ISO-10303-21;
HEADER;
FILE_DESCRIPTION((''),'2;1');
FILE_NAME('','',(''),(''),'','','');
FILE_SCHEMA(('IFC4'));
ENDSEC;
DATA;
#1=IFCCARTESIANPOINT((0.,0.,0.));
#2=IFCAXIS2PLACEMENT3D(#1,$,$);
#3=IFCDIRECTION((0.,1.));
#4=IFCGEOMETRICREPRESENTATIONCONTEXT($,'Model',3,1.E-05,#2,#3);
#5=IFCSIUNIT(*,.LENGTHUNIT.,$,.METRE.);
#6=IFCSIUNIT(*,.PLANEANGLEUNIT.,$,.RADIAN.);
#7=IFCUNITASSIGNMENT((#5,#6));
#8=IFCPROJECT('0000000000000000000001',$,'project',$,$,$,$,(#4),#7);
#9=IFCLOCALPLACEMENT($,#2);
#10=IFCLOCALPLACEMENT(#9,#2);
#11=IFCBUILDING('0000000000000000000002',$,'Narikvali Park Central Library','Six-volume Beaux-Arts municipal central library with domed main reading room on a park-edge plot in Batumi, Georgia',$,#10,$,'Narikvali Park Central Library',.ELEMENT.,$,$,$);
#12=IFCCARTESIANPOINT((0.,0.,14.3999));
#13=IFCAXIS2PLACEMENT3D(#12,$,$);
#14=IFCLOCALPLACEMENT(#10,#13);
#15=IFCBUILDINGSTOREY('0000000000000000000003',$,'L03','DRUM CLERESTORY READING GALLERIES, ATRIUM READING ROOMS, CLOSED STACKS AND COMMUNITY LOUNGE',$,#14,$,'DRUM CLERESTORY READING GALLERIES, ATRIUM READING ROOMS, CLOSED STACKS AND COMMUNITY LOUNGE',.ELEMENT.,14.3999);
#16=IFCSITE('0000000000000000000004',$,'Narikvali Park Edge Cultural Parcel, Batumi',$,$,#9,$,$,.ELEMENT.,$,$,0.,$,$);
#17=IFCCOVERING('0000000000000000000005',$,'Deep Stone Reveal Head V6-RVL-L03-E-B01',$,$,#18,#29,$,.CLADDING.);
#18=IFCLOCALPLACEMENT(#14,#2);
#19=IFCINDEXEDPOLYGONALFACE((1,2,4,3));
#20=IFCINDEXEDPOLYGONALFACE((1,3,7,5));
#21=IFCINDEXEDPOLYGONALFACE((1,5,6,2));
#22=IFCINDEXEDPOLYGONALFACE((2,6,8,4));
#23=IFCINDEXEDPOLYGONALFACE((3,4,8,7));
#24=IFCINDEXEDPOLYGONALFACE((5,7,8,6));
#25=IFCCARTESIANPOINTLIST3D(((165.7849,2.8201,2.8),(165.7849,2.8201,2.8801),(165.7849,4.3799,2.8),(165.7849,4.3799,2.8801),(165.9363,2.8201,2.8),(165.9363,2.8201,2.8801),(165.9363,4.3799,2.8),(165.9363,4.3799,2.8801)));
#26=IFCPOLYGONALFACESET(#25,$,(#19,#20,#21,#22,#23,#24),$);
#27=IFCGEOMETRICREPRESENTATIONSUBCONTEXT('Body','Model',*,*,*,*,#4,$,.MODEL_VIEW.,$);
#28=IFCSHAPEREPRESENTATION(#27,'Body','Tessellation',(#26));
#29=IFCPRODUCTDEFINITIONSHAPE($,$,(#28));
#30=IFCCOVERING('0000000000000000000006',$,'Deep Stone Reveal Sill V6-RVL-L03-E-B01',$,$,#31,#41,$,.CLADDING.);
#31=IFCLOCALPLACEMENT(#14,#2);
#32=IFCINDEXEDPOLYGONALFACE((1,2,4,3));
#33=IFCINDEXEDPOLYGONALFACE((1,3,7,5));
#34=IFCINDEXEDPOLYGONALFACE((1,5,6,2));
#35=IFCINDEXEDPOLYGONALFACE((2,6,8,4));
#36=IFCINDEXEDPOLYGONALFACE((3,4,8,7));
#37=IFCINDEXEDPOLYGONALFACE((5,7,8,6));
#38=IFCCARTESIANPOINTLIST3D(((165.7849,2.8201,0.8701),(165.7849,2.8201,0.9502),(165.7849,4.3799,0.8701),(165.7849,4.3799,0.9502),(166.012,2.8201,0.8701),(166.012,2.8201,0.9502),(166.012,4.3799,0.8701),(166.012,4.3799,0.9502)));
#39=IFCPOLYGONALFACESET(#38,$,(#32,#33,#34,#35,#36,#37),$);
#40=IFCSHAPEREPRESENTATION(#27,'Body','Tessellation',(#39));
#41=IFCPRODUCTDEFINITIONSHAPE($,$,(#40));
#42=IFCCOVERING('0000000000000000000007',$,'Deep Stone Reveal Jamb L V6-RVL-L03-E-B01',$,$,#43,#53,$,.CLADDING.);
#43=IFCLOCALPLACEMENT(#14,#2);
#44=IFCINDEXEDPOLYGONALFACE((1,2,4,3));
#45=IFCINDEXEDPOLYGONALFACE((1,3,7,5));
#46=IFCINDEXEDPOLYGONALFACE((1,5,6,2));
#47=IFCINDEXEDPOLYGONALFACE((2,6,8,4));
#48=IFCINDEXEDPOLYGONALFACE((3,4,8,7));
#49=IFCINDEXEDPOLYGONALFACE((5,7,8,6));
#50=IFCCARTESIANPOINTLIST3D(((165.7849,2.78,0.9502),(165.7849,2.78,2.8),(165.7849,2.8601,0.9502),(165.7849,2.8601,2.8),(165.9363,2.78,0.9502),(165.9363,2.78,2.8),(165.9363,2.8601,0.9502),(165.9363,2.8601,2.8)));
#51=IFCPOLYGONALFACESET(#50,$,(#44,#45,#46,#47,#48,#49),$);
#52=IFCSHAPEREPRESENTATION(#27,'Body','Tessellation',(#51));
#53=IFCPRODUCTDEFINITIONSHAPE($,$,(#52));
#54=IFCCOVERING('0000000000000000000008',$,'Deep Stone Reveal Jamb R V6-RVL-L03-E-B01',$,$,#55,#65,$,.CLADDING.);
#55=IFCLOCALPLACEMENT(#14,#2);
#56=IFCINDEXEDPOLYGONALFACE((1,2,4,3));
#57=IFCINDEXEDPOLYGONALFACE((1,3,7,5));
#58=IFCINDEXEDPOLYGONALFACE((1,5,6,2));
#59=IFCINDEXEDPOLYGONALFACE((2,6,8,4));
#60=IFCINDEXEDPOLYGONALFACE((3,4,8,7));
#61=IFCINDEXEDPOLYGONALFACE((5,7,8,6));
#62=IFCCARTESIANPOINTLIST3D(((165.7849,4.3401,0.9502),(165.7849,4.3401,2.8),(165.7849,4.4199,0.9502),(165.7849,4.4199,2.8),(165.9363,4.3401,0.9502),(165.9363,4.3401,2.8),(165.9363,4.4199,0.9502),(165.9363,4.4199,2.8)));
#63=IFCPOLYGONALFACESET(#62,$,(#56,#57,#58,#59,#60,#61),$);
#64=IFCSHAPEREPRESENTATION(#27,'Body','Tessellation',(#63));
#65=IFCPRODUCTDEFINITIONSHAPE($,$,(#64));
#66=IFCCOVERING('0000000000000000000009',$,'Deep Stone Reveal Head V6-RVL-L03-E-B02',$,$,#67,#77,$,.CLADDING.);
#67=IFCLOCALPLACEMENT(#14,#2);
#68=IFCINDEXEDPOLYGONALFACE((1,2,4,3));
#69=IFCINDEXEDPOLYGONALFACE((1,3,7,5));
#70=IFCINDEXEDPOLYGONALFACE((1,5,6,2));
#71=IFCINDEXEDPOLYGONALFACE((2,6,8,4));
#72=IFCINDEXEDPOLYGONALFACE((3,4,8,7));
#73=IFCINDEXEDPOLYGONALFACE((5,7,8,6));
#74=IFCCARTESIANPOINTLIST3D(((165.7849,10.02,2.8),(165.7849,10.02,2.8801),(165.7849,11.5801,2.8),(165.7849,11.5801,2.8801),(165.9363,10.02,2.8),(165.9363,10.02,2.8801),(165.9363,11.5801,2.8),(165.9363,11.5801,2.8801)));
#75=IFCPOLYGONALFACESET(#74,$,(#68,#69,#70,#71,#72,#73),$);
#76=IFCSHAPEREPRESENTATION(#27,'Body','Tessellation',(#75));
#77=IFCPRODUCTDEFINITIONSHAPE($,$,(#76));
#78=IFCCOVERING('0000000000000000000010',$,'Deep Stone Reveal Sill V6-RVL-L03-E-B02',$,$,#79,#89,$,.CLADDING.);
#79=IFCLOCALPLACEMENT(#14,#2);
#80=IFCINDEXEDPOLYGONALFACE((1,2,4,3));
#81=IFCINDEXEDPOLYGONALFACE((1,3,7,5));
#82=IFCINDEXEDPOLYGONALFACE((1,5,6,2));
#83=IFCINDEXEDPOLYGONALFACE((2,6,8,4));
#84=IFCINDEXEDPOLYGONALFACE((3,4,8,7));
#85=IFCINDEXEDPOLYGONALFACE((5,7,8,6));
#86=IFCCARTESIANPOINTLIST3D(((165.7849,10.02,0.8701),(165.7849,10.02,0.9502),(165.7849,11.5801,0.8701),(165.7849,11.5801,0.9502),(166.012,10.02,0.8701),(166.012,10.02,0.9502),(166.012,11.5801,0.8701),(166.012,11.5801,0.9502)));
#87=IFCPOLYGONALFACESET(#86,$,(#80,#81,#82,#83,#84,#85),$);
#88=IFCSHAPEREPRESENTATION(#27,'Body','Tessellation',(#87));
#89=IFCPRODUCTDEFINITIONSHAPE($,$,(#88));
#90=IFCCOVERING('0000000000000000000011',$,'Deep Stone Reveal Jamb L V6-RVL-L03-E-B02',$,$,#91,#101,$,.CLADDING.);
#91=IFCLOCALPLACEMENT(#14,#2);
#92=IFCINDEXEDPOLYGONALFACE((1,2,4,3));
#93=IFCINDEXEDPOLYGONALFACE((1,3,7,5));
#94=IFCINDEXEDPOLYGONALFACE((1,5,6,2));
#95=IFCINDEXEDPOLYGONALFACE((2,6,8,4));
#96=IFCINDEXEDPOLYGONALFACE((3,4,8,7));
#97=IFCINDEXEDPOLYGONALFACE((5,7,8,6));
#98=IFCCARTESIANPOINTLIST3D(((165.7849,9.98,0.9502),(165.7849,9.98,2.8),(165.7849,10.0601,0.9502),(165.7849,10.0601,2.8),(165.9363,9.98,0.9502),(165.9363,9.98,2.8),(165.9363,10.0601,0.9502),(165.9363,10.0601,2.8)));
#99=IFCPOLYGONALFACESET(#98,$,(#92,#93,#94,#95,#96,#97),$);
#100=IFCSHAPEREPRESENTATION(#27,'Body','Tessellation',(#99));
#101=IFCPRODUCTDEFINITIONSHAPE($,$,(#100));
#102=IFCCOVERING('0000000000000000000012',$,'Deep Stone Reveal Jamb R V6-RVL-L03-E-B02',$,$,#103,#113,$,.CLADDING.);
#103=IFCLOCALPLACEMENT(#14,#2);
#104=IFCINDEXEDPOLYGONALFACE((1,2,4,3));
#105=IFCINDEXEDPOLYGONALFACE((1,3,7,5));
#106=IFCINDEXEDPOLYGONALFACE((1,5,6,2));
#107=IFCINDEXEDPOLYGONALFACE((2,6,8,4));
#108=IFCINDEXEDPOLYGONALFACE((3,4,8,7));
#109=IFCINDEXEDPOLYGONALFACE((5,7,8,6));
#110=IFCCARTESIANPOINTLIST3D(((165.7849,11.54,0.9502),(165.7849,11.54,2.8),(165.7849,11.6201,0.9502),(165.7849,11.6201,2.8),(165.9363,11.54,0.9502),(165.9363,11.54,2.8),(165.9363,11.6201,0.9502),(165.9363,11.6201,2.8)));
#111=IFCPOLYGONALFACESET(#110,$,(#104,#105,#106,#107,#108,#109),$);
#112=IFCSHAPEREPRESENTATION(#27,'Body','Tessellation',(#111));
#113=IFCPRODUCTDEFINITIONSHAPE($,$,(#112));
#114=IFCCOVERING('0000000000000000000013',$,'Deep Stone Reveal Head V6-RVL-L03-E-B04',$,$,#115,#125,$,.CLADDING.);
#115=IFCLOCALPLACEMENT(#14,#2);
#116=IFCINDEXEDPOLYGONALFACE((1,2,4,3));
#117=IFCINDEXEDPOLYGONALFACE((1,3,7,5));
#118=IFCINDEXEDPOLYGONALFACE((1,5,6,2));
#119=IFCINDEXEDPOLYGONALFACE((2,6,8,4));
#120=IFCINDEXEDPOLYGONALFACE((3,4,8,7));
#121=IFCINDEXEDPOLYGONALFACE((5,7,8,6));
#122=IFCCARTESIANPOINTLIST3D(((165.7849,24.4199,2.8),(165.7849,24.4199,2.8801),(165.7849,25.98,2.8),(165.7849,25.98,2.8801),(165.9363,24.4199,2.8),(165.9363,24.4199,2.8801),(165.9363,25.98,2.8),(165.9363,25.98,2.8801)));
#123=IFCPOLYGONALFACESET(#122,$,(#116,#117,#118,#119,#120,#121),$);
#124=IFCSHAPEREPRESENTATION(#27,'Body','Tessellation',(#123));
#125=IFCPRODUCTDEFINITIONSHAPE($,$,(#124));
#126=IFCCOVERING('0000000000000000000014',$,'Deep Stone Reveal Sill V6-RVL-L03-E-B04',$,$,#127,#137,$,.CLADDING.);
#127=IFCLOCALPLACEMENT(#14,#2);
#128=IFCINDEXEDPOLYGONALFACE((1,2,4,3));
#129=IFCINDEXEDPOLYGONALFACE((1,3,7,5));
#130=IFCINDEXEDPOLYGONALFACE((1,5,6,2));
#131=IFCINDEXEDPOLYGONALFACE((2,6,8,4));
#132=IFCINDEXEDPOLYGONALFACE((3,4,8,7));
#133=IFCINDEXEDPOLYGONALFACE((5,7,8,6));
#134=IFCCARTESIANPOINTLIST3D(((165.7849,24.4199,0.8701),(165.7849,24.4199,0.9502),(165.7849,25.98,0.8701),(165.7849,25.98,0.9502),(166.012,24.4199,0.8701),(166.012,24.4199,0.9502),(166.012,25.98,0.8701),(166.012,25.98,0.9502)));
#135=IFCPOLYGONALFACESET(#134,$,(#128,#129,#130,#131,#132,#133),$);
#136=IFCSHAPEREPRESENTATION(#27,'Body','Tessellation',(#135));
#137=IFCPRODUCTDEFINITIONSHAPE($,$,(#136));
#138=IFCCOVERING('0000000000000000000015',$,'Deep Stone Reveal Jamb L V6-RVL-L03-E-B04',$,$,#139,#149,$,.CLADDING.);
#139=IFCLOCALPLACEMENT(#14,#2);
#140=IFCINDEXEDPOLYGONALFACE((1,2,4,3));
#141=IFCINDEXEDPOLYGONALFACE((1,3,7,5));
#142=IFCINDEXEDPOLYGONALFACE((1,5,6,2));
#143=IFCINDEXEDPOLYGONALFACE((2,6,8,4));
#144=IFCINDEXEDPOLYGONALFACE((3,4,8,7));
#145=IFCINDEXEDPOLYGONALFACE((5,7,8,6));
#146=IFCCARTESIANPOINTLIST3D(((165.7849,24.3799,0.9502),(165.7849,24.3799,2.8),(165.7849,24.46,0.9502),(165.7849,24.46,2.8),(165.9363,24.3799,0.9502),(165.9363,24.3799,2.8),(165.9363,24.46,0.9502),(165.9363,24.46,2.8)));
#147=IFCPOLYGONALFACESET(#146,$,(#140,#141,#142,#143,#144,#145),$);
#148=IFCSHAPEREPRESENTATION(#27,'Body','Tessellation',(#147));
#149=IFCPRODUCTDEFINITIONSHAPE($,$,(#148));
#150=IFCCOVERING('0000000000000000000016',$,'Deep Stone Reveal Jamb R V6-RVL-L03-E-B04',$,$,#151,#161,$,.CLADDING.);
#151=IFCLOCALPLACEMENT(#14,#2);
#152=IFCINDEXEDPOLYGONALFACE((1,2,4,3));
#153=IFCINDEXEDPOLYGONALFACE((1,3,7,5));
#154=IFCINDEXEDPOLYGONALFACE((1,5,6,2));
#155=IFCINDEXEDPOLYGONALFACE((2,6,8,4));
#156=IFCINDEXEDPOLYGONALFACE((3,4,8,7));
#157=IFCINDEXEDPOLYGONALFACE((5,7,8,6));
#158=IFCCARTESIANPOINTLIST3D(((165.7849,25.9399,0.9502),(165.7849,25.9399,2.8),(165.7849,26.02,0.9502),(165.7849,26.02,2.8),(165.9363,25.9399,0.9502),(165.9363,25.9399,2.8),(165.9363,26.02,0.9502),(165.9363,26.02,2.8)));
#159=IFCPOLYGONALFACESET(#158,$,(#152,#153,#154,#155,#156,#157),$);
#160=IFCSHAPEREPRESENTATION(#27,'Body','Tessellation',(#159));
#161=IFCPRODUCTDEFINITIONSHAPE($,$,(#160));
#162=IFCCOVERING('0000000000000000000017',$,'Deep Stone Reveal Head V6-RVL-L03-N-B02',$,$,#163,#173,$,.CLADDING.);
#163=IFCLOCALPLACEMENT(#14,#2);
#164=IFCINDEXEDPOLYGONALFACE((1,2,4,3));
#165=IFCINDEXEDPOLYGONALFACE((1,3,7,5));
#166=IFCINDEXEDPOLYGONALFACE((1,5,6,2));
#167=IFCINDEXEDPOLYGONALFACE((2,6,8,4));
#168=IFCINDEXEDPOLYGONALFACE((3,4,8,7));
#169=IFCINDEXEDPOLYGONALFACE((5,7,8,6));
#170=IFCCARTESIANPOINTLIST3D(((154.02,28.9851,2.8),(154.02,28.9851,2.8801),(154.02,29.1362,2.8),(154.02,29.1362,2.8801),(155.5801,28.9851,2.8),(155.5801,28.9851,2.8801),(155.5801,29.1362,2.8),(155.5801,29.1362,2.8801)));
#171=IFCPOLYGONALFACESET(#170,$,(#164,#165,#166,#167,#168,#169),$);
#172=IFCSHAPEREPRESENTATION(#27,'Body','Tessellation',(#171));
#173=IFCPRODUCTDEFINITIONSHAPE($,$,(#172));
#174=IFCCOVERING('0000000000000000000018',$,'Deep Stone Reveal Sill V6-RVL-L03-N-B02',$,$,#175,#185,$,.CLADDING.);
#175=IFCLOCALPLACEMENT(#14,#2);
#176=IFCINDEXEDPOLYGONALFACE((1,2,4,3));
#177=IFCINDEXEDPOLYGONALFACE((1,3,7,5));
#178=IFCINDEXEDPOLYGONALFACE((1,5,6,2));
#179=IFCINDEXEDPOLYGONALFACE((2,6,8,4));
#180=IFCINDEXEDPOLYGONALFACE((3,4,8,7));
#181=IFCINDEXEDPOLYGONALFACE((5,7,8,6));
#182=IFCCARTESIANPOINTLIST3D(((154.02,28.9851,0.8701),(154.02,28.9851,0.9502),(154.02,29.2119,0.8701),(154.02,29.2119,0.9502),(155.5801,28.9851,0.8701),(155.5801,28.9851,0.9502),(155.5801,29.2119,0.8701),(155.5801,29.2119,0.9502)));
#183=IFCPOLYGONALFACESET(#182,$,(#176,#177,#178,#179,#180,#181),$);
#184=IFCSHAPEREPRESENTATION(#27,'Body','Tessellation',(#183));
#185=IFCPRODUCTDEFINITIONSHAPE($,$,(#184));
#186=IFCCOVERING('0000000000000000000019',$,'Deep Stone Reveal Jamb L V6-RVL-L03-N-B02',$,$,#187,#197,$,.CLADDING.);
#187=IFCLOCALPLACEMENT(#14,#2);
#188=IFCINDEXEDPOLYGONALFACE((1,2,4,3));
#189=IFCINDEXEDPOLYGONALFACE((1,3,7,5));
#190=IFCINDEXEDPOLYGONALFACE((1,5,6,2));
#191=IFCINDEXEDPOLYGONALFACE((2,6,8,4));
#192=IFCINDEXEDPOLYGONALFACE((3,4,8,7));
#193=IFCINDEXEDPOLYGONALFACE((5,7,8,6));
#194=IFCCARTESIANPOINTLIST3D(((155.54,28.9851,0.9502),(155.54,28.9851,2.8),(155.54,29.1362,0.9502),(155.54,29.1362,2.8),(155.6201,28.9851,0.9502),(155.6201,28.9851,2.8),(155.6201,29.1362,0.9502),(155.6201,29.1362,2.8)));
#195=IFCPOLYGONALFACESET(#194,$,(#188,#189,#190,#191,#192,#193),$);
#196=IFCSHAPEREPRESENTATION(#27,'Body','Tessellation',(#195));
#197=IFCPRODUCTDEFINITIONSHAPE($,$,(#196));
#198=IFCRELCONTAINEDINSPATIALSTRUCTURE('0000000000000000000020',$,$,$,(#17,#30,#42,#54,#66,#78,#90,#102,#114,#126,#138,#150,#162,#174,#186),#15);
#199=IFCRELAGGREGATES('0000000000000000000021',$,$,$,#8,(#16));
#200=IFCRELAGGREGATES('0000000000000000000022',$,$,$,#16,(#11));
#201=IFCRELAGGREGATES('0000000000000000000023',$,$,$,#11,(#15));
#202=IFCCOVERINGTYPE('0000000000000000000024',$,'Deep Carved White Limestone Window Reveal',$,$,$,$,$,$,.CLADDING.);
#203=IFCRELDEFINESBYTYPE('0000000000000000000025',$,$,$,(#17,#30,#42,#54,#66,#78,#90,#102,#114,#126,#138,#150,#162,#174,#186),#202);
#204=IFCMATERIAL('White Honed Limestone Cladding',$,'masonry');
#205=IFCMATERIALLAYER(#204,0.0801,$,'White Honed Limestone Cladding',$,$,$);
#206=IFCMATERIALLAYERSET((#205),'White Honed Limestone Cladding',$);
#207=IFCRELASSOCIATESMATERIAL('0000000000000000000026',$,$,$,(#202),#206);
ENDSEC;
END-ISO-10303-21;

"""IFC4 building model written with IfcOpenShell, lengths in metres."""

from ifc_helpers import new_model, si_unit, direction, frame, origin, place, context, subcontext, project, spatial, polyline, outline, extrude, material, layer, layer_set, type_object, element, save


model = new_model("IFC4")

# Units and contexts
model_context = context("Model", 3, precision=1e-05, world=origin(), true_north=direction((0.0, 1.0)))
body_context = subcontext(model_context, "Body", "Model", "MODEL_VIEW")
ifc_project = project(units=[si_unit("LENGTHUNIT", "METRE"), si_unit("PLANEANGLEUNIT", "RADIAN")], contexts=[model_context])

# Site, building, storey
site_placement = place(None, origin())
site = spatial("IfcSite", under=ifc_project, at=site_placement, Name="Narikvali Park Edge Cultural Parcel, Batumi", CompositionType="ELEMENT", RefElevation=0.0)
building_placement = place(site_placement, origin())
building = spatial("IfcBuilding", under=site, at=building_placement, Name="Narikvali Park Central Library", Description="Six-volume Beaux-Arts municipal central library with domed main reading room on a park-edge plot in Batumi, Georgia", LongName="Narikvali Park Central Library", CompositionType="ELEMENT")
storey_placement = place(building_placement, frame((0.0, 0.0, 14.3999)))
storey = spatial("IfcBuildingStorey", under=building, at=storey_placement, Name="L03", Description="DRUM CLERESTORY READING GALLERIES, ATRIUM READING ROOMS, CLOSED STACKS AND COMMUNITY LOUNGE", LongName="DRUM CLERESTORY READING GALLERIES, ATRIUM READING ROOMS, CLOSED STACKS AND COMMUNITY LOUNGE", CompositionType="ELEMENT", Elevation=14.3999)

# Coverings
ifc_material = material(Name="White Honed Limestone Cladding", Category="masonry")
ifc_layer = layer(ifc_material, 0.0801, Name="White Honed Limestone Cladding")
ifc_layer_set = layer_set([ifc_layer], Name="White Honed Limestone Cladding")
covering_type = type_object("IfcCoveringType", Name="Deep Carved White Limestone Window Reveal", PredefinedType="CLADDING", material=ifc_layer_set)
covering_1_placement = place(storey_placement, frame((0.0, 0.0, 2.8)))
element("IfcCovering", 1, at=covering_1_placement, inside=storey, type_object=covering_type, Name="Deep Stone Reveal Head V6-RVL-L03-E-B01", PredefinedType="CLADDING", context=body_context, shape_type="SweptSolid", body=[
    extrude(outline(polyline([(165.7849, 2.8201), (165.7849, 4.3799), (165.9363, 4.3799), (165.9363, 2.8201), (165.7849, 2.8201)])), origin(), (0.0, 0.0, 1.0), 0.0801),
])
covering_2_placement = place(storey_placement, frame((0.0, 0.0, 0.8701)))
element("IfcCovering", 2, at=covering_2_placement, inside=storey, type_object=covering_type, Name="Deep Stone Reveal Sill V6-RVL-L03-E-B01", PredefinedType="CLADDING", context=body_context, shape_type="SweptSolid", body=[
    extrude(outline(polyline([(165.7849, 2.8201), (165.7849, 4.3799), (166.012, 4.3799), (166.012, 2.8201), (165.7849, 2.8201)])), origin(), (0.0, 0.0, 1.0), 0.0801),
])
covering_3_placement = place(storey_placement, frame((0.0, 0.0, 0.9502)))
element("IfcCovering", 3, at=covering_3_placement, inside=storey, type_object=covering_type, Name="Deep Stone Reveal Jamb L V6-RVL-L03-E-B01", PredefinedType="CLADDING", context=body_context, shape_type="SweptSolid", body=[
    extrude(outline(polyline([(165.7849, 2.78), (165.7849, 2.8601), (165.9363, 2.8601), (165.9363, 2.78), (165.7849, 2.78)])), origin(), (0.0, 0.0, 1.0), 1.8499),
])
covering_4_placement = place(storey_placement, frame((0.0, 0.0, 0.9502)))
element("IfcCovering", 4, at=covering_4_placement, inside=storey, type_object=covering_type, Name="Deep Stone Reveal Jamb R V6-RVL-L03-E-B01", PredefinedType="CLADDING", context=body_context, shape_type="SweptSolid", body=[
    extrude(outline(polyline([(165.7849, 4.3401), (165.7849, 4.4199), (165.9363, 4.4199), (165.9363, 4.3401), (165.7849, 4.3401)])), origin(), (0.0, 0.0, 1.0), 1.8499),
])
covering_5_placement = place(storey_placement, frame((0.0, 0.0, 2.8)))
element("IfcCovering", 5, at=covering_5_placement, inside=storey, type_object=covering_type, Name="Deep Stone Reveal Head V6-RVL-L03-E-B02", PredefinedType="CLADDING", context=body_context, shape_type="SweptSolid", body=[
    extrude(outline(polyline([(165.7849, 10.02), (165.7849, 11.5801), (165.9363, 11.5801), (165.9363, 10.02), (165.7849, 10.02)])), origin(), (0.0, 0.0, 1.0), 0.0801),
])
covering_6_placement = place(storey_placement, frame((0.0, 0.0, 0.8701)))
element("IfcCovering", 6, at=covering_6_placement, inside=storey, type_object=covering_type, Name="Deep Stone Reveal Sill V6-RVL-L03-E-B02", PredefinedType="CLADDING", context=body_context, shape_type="SweptSolid", body=[
    extrude(outline(polyline([(165.7849, 10.02), (165.7849, 11.5801), (166.012, 11.5801), (166.012, 10.02), (165.7849, 10.02)])), origin(), (0.0, 0.0, 1.0), 0.0801),
])
covering_7_placement = place(storey_placement, frame((0.0, 0.0, 0.9502)))
element("IfcCovering", 7, at=covering_7_placement, inside=storey, type_object=covering_type, Name="Deep Stone Reveal Jamb L V6-RVL-L03-E-B02", PredefinedType="CLADDING", context=body_context, shape_type="SweptSolid", body=[
    extrude(outline(polyline([(165.7849, 9.98), (165.7849, 10.0601), (165.9363, 10.0601), (165.9363, 9.98), (165.7849, 9.98)])), origin(), (0.0, 0.0, 1.0), 1.8499),
])
covering_8_placement = place(storey_placement, frame((0.0, 0.0, 0.9502)))
element("IfcCovering", 8, at=covering_8_placement, inside=storey, type_object=covering_type, Name="Deep Stone Reveal Jamb R V6-RVL-L03-E-B02", PredefinedType="CLADDING", context=body_context, shape_type="SweptSolid", body=[
    extrude(outline(polyline([(165.7849, 11.54), (165.7849, 11.6201), (165.9363, 11.6201), (165.9363, 11.54), (165.7849, 11.54)])), origin(), (0.0, 0.0, 1.0), 1.8499),
])
covering_9_placement = place(storey_placement, frame((0.0, 0.0, 2.8)))
element("IfcCovering", 9, at=covering_9_placement, inside=storey, type_object=covering_type, Name="Deep Stone Reveal Head V6-RVL-L03-E-B04", PredefinedType="CLADDING", context=body_context, shape_type="SweptSolid", body=[
    extrude(outline(polyline([(165.7849, 24.4199), (165.7849, 25.98), (165.9363, 25.98), (165.9363, 24.4199), (165.7849, 24.4199)])), origin(), (0.0, 0.0, 1.0), 0.0801),
])
covering_10_placement = place(storey_placement, frame((0.0, 0.0, 0.8701)))
element("IfcCovering", 10, at=covering_10_placement, inside=storey, type_object=covering_type, Name="Deep Stone Reveal Sill V6-RVL-L03-E-B04", PredefinedType="CLADDING", context=body_context, shape_type="SweptSolid", body=[
    extrude(outline(polyline([(165.7849, 24.4199), (165.7849, 25.98), (166.012, 25.98), (166.012, 24.4199), (165.7849, 24.4199)])), origin(), (0.0, 0.0, 1.0), 0.0801),
])
covering_11_placement = place(storey_placement, frame((0.0, 0.0, 0.9502)))
element("IfcCovering", 11, at=covering_11_placement, inside=storey, type_object=covering_type, Name="Deep Stone Reveal Jamb L V6-RVL-L03-E-B04", PredefinedType="CLADDING", context=body_context, shape_type="SweptSolid", body=[
    extrude(outline(polyline([(165.7849, 24.3799), (165.7849, 24.46), (165.9363, 24.46), (165.9363, 24.3799), (165.7849, 24.3799)])), origin(), (0.0, 0.0, 1.0), 1.8499),
])
covering_12_placement = place(storey_placement, frame((0.0, 0.0, 0.9502)))
element("IfcCovering", 12, at=covering_12_placement, inside=storey, type_object=covering_type, Name="Deep Stone Reveal Jamb R V6-RVL-L03-E-B04", PredefinedType="CLADDING", context=body_context, shape_type="SweptSolid", body=[
    extrude(outline(polyline([(165.7849, 25.9399), (165.7849, 26.02), (165.9363, 26.02), (165.9363, 25.9399), (165.7849, 25.9399)])), origin(), (0.0, 0.0, 1.0), 1.8499),
])
covering_13_placement = place(storey_placement, frame((0.0, 0.0, 2.8)))
element("IfcCovering", 13, at=covering_13_placement, inside=storey, type_object=covering_type, Name="Deep Stone Reveal Head V6-RVL-L03-N-B02", PredefinedType="CLADDING", context=body_context, shape_type="SweptSolid", body=[
    extrude(outline(polyline([(155.5801, 28.9851), (154.02, 28.9851), (154.02, 29.1362), (155.5801, 29.1362), (155.5801, 28.9851)])), origin(), (0.0, 0.0, 1.0), 0.0801),
])
covering_14_placement = place(storey_placement, frame((0.0, 0.0, 0.8701)))
element("IfcCovering", 14, at=covering_14_placement, inside=storey, type_object=covering_type, Name="Deep Stone Reveal Sill V6-RVL-L03-N-B02", PredefinedType="CLADDING", context=body_context, shape_type="SweptSolid", body=[
    extrude(outline(polyline([(155.5801, 28.9851), (154.02, 28.9851), (154.02, 29.2119), (155.5801, 29.2119), (155.5801, 28.9851)])), origin(), (0.0, 0.0, 1.0), 0.0801),
])
covering_15_placement = place(storey_placement, frame((0.0, 0.0, 0.9502)))
element("IfcCovering", 15, at=covering_15_placement, inside=storey, type_object=covering_type, Name="Deep Stone Reveal Jamb L V6-RVL-L03-N-B02", PredefinedType="CLADDING", context=body_context, shape_type="SweptSolid", body=[
    extrude(outline(polyline([(155.6201, 28.9851), (155.54, 28.9851), (155.54, 29.1362), (155.6201, 29.1362), (155.6201, 28.9851)])), origin(), (0.0, 0.0, 1.0), 1.8499),
])

save(model, "model.ifc")
